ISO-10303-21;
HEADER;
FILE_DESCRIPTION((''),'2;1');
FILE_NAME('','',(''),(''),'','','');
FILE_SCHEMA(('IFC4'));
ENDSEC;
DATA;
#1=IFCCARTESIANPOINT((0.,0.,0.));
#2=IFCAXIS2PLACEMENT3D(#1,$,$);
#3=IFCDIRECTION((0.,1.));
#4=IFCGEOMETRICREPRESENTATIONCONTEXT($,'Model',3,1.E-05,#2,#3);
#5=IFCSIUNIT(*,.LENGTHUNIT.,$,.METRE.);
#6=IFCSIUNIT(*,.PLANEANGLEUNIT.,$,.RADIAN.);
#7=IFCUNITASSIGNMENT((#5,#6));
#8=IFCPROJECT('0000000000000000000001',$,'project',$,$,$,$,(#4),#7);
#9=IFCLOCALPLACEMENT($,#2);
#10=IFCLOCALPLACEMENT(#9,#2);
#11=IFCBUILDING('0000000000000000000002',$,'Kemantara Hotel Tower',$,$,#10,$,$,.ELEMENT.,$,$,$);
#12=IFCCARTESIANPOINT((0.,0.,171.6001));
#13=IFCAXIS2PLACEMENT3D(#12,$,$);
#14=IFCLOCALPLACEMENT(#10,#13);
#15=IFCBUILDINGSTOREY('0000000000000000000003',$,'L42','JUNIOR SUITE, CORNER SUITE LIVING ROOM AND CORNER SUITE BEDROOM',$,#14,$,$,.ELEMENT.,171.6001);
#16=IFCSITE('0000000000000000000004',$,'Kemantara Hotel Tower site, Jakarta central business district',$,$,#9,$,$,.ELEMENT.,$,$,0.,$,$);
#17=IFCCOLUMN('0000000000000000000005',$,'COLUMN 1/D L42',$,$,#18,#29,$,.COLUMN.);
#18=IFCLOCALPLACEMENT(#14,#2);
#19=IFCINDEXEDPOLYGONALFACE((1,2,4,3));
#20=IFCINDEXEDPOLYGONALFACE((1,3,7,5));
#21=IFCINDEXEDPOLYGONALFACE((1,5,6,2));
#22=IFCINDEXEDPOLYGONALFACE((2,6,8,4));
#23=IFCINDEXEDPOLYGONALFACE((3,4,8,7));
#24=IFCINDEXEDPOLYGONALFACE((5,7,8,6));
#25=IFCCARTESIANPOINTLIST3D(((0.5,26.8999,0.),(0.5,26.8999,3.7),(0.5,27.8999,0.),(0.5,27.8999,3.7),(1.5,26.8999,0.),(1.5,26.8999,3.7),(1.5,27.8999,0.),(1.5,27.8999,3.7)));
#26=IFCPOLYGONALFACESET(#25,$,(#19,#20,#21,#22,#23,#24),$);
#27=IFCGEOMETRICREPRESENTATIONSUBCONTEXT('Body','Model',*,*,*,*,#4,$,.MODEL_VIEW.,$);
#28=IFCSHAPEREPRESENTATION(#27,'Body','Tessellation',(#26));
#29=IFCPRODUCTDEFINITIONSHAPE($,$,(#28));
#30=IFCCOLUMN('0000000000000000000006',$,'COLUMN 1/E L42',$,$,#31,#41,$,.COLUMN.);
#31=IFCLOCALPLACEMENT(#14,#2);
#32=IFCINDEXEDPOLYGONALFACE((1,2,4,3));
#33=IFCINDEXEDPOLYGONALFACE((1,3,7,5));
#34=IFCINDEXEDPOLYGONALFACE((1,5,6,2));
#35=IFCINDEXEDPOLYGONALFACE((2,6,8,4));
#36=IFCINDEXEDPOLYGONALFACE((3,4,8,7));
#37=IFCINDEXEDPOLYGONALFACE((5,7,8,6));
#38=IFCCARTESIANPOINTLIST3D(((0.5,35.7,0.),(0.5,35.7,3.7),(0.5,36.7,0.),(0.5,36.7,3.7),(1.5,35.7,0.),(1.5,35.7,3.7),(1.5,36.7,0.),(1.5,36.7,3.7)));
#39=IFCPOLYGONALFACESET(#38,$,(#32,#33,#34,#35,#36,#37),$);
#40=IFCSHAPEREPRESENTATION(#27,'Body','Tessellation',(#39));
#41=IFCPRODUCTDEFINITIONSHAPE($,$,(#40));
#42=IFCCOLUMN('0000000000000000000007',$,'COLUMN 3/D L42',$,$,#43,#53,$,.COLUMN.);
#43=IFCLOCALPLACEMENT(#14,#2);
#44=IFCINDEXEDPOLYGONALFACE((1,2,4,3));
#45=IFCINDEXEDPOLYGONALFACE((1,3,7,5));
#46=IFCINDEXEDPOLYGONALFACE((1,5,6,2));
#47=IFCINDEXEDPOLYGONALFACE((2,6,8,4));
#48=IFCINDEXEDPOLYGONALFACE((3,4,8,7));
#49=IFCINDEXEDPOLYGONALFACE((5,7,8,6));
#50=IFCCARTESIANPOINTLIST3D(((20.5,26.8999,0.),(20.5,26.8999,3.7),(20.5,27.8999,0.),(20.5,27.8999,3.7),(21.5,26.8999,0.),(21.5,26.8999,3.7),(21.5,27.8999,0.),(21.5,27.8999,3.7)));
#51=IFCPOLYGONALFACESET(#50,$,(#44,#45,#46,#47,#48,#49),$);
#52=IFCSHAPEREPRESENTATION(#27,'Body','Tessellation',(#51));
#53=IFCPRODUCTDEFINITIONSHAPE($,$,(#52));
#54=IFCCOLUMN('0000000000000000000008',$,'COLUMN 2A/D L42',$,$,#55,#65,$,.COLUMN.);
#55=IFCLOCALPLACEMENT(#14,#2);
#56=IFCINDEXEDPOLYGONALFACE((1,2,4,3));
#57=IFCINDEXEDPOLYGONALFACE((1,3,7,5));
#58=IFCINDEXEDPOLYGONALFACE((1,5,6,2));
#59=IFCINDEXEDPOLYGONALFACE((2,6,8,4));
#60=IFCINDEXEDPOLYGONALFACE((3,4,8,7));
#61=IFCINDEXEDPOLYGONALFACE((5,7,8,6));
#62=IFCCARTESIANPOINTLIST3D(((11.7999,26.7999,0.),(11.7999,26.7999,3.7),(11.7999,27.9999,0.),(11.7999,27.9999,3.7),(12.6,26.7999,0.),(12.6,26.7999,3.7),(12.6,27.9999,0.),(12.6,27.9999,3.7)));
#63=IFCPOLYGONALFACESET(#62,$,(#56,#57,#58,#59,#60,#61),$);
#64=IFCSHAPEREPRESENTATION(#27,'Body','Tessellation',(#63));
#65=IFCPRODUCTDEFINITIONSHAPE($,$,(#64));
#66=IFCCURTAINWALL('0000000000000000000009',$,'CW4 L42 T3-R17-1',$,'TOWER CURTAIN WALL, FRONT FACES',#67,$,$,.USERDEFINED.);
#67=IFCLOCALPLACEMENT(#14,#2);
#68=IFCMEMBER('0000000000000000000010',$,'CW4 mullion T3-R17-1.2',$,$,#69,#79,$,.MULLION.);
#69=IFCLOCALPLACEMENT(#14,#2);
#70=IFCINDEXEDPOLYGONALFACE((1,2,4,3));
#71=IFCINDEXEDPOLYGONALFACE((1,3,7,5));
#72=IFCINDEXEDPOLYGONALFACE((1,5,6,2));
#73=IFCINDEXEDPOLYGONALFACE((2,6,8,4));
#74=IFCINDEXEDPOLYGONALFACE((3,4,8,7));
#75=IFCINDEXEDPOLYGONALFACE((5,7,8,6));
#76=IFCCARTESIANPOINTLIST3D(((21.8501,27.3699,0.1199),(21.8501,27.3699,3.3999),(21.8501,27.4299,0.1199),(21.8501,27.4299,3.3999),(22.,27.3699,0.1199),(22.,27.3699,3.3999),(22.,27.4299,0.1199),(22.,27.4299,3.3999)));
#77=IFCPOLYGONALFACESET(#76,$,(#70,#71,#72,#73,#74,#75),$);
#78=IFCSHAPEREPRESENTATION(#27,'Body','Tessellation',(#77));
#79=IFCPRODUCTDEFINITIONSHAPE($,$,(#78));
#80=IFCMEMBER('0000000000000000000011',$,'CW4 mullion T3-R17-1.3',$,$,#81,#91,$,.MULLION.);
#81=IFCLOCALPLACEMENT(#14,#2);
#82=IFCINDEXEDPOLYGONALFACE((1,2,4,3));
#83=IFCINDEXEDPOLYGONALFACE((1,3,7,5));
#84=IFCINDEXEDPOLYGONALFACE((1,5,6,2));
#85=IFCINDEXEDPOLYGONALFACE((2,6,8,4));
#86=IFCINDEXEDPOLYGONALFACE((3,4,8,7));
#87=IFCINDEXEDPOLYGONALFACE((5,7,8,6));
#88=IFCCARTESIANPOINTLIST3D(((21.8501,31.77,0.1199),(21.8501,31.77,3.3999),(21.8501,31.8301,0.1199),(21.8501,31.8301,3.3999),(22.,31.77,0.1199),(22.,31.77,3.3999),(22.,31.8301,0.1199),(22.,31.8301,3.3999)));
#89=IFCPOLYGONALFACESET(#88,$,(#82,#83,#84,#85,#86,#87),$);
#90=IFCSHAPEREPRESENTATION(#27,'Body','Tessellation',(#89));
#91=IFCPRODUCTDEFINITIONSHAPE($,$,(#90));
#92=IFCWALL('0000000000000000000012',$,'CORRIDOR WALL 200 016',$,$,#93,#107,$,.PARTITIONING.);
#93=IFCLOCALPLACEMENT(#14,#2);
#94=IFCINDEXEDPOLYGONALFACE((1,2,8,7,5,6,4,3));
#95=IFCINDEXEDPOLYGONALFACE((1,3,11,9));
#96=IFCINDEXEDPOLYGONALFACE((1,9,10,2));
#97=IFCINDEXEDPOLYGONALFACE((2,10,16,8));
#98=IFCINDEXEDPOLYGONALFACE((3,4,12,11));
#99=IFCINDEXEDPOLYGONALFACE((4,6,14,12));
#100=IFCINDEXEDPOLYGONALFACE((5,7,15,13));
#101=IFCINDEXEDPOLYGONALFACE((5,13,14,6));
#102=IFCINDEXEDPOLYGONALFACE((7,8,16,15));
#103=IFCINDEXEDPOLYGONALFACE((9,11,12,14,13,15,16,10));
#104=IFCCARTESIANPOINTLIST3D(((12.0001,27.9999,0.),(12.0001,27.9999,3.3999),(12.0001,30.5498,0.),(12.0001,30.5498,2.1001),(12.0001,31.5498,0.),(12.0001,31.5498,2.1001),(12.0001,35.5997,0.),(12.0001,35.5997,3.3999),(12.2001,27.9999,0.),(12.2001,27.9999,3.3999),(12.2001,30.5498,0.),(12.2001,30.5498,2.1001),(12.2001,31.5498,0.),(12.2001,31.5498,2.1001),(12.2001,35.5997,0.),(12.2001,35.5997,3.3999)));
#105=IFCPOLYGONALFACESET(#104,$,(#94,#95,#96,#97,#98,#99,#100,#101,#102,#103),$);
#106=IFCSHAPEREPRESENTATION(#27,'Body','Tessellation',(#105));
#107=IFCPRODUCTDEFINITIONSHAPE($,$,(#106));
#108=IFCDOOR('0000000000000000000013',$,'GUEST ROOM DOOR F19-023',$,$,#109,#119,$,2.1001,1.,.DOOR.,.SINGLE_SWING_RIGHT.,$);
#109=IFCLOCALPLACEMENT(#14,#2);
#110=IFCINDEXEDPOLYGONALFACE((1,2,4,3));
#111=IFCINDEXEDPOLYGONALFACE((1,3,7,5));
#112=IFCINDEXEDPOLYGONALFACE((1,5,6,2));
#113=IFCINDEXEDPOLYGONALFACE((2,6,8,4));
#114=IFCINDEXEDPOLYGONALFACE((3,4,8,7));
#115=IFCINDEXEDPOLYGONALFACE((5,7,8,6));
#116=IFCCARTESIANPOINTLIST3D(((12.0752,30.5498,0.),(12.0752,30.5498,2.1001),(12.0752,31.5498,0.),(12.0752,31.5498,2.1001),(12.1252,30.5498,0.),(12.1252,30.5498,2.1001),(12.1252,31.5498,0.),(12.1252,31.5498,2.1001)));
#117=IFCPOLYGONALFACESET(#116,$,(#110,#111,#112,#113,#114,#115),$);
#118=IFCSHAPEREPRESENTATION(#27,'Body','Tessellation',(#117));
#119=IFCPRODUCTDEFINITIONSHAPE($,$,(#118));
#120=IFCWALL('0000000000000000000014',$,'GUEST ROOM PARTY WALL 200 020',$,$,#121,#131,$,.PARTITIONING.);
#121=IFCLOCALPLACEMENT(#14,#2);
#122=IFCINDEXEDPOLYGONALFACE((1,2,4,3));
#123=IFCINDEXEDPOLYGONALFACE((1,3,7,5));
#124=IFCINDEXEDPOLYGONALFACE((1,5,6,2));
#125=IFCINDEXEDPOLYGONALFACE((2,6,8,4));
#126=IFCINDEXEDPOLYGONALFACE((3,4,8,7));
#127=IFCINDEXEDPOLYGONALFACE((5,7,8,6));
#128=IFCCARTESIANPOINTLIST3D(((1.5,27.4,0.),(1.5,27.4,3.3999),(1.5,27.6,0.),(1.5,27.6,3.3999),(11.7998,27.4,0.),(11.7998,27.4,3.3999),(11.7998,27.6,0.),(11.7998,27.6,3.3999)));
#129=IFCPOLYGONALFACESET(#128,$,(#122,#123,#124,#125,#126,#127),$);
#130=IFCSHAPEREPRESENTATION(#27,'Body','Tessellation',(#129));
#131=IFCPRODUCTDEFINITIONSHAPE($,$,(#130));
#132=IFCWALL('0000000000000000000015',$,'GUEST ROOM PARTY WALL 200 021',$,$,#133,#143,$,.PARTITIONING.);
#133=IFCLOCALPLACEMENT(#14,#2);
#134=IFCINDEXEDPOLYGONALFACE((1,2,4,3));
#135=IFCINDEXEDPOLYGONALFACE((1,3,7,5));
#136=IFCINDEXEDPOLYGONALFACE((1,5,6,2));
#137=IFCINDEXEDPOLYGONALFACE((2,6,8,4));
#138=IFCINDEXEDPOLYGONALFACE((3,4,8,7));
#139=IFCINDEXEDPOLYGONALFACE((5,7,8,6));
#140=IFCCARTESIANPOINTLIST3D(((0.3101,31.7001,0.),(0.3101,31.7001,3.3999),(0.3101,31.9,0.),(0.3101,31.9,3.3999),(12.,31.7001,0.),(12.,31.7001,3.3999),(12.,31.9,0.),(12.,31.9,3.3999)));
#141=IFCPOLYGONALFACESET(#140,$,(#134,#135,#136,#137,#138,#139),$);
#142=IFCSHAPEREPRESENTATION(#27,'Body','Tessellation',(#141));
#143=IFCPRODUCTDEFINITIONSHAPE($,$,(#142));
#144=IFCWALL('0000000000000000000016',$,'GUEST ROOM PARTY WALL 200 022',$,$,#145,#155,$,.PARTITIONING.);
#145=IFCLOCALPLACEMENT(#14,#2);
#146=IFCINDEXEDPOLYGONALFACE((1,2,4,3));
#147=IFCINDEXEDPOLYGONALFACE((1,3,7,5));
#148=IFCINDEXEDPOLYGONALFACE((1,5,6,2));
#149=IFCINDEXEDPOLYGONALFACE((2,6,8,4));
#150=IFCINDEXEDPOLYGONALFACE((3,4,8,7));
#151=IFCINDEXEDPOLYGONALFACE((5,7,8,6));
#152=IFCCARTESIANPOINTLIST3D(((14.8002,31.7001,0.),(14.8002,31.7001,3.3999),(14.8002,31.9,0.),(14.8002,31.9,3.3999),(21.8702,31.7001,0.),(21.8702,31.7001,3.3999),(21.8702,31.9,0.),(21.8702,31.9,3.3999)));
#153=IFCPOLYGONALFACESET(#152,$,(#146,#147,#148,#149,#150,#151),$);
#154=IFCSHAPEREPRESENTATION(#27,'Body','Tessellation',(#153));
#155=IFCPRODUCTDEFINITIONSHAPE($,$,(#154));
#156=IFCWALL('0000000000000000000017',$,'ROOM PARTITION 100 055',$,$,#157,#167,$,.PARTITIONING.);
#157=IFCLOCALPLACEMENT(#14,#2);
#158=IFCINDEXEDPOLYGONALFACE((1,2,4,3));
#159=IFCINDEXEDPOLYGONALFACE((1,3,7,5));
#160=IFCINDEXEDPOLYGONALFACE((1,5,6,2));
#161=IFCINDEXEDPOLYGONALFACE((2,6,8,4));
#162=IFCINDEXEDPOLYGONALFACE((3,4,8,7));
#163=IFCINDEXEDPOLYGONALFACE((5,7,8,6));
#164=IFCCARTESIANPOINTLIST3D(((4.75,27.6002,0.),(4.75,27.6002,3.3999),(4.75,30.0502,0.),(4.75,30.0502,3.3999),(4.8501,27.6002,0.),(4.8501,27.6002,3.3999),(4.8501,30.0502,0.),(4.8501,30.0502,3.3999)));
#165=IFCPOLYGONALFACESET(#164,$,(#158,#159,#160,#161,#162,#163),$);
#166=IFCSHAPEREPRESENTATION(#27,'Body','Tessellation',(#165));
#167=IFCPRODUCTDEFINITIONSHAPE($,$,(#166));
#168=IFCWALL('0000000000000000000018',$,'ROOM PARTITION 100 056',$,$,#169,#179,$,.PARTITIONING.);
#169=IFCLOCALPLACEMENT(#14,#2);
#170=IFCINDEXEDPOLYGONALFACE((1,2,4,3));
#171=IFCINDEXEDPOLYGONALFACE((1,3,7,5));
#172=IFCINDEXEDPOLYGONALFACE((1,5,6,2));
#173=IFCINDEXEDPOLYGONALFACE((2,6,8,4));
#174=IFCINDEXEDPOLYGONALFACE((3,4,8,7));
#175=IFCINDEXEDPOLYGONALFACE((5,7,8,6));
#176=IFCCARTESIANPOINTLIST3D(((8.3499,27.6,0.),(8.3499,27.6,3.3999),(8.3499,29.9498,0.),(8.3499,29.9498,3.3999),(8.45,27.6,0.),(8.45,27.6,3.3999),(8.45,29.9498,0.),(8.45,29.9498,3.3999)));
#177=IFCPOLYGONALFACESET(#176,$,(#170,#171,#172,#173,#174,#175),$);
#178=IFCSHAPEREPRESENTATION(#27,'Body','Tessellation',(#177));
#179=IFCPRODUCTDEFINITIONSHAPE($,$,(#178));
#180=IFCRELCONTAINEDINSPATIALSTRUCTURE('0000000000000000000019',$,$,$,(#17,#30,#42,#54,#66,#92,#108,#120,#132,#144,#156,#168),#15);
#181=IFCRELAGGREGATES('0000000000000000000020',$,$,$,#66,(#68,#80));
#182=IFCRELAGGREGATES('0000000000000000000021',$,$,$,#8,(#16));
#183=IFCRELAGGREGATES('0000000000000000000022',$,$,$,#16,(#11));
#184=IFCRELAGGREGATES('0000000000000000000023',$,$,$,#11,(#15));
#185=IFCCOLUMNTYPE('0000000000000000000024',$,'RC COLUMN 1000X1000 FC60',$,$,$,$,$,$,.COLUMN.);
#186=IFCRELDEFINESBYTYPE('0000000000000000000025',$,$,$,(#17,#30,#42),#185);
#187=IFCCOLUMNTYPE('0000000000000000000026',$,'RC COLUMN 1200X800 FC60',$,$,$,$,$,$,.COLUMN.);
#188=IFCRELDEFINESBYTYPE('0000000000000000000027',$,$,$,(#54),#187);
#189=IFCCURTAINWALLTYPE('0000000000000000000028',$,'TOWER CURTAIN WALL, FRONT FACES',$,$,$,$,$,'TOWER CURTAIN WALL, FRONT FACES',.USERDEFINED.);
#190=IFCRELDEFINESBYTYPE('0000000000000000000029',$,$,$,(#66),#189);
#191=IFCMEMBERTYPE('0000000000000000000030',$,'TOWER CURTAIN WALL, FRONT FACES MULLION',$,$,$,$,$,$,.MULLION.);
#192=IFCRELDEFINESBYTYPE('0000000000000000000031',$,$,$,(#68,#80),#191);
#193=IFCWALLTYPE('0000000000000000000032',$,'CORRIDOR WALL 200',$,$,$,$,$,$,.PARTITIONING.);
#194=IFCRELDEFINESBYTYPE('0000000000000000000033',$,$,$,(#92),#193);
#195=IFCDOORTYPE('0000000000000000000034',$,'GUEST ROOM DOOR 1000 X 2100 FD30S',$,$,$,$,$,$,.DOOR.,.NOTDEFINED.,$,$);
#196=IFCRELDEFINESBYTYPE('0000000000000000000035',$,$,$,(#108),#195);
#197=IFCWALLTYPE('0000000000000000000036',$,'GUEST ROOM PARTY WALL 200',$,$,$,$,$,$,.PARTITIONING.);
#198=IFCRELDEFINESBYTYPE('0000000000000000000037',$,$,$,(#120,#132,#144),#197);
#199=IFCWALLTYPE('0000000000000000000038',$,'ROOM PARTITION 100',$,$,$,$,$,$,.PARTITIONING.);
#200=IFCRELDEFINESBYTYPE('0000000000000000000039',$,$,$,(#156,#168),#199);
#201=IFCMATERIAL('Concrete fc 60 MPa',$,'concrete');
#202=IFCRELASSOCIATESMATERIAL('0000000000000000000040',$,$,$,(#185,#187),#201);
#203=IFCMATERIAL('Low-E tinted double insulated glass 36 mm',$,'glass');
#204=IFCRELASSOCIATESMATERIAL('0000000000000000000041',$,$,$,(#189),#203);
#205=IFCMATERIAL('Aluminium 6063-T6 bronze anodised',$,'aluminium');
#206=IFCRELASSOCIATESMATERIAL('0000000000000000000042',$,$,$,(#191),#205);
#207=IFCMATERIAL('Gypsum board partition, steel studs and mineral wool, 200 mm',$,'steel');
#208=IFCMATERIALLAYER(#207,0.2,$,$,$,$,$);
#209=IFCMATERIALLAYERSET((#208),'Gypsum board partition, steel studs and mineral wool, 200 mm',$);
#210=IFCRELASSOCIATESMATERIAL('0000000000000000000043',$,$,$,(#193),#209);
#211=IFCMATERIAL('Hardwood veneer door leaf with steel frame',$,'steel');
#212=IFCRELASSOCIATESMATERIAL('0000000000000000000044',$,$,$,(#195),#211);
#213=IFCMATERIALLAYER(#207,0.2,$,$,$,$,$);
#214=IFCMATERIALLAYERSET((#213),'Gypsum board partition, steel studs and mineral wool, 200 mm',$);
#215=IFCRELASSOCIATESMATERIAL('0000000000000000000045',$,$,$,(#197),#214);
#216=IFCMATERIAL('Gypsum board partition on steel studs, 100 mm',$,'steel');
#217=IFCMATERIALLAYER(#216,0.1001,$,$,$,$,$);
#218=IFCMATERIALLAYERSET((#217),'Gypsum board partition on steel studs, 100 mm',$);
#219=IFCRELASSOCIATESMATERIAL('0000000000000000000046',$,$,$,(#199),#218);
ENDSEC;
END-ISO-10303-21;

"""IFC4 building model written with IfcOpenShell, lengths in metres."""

from ifc_helpers import new_model, si_unit, direction, frame, frame_2d, origin, origin_2d, place, context, subcontext, project, spatial, rectangle, extrude, source, transform, mapped, material, layer, layer_set, material_profile, profile_set, type_object, element, fill, aggregate, save


model = new_model("IFC4")

# Units and contexts
model_context = context("Model", 3, precision=1e-05, world=origin(), true_north=direction((0.0, 1.0)))
body_context = subcontext(model_context, "Body", "Model", "MODEL_VIEW")
ifc_project = project(units=[si_unit("LENGTHUNIT", "METRE"), si_unit("PLANEANGLEUNIT", "RADIAN")], contexts=[model_context])

# Site, building, storey
site_placement = place(None, origin())
site = spatial("IfcSite", under=ifc_project, at=site_placement, Name="Kemantara Hotel Tower site, Jakarta central business district", CompositionType="ELEMENT", RefElevation=0.0)
building_placement = place(site_placement, origin())
building = spatial("IfcBuilding", under=site, at=building_placement, Name="Kemantara Hotel Tower", CompositionType="ELEMENT")
storey_placement = place(building_placement, frame((0.0, 0.0, 171.6001)))
storey = spatial("IfcBuildingStorey", under=building, at=storey_placement, Name="L42", Description="JUNIOR SUITE, CORNER SUITE LIVING ROOM AND CORNER SUITE BEDROOM", CompositionType="ELEMENT", Elevation=171.6001)

# Columns
ifc_material_1 = material(Name="Concrete fc 60 MPa", Category="concrete")
ifc_material_profile_1 = material_profile(ifc_material_1, rectangle(XDim=1.0, YDim=1.0, at=origin_2d()), Name="RC 1000X1000")
ifc_profile_set_1 = profile_set([ifc_material_profile_1], Name="Concrete fc 60 MPa")
column_type_1 = type_object("IfcColumnType", Name="RC COLUMN 1000X1000 FC60", PredefinedType="COLUMN", material=ifc_profile_set_1)
for number, where, z_axis, x_axis, name in (
    (1, (1.0, 27.3999, 0.0), (0.0, 0.0, 1.0), (1.0, 0.0, 0.0), "COLUMN 1/D L42"),
    (2, (1.0, 36.2, 0.0), (0.0, 0.0, 1.0), (1.0, 0.0, 0.0), "COLUMN 1/E L42"),
    (3, (21.0, 27.3999, 0.0), (0.0, 0.0, 1.0), (1.0, 0.0, 0.0), "COLUMN 3/D L42"),
):
    element("IfcColumn", number, at=place(storey_placement, frame(where, z_axis=z_axis, x_axis=x_axis)), inside=storey, type_object=column_type_1, Name=name, PredefinedType="COLUMN", context=body_context, shape_type="SweptSolid", body=[
        extrude(rectangle(XDim=1.0, YDim=1.0, at=origin_2d()), origin(), (0.0, 0.0, 1.0), 3.7),
    ])
ifc_material_profile_2 = material_profile(ifc_material_1, rectangle(XDim=1.2, YDim=0.8, at=origin_2d()), Name="RC 1200X800")
ifc_profile_set_2 = profile_set([ifc_material_profile_2], Name="Concrete fc 60 MPa")
column_type_2 = type_object("IfcColumnType", Name="RC COLUMN 1200X800 FC60", PredefinedType="COLUMN", material=ifc_profile_set_2)
column_placement = place(storey_placement, frame((12.2, 27.3999, 0.0), z_axis=(0.0, 0.0, 1.0), x_axis=(0.0, 1.0, 0.0)))
element("IfcColumn", 4, at=column_placement, inside=storey, type_object=column_type_2, Name="COLUMN 2A/D L42", PredefinedType="COLUMN", context=body_context, shape_type="SweptSolid", body=[
    extrude(rectangle(XDim=1.2, YDim=0.8, at=origin_2d()), origin(), (0.0, 0.0, 1.0), 3.7),
])

# Curtain wall, members
ifc_material_2 = material(Name="Low-E tinted double insulated glass 36 mm", Category="glass")
curtain_wall_type = type_object("IfcCurtainWallType", Name="TOWER CURTAIN WALL, FRONT FACES", ElementType="TOWER CURTAIN WALL, FRONT FACES", PredefinedType="USERDEFINED", material=ifc_material_2)
curtain_wall_placement = place(storey_placement, origin())
curtain_wall = element("IfcCurtainWall", 5, at=curtain_wall_placement, inside=storey, type_object=curtain_wall_type, Name="CW4 L42 T3-R17-1", ObjectType="TOWER CURTAIN WALL, FRONT FACES", PredefinedType="USERDEFINED")
ifc_material_3 = material(Name="Aluminium 6063-T6 bronze anodised", Category="aluminium")
ifc_material_profile_3 = material_profile(ifc_material_3, rectangle(XDim=0.1499, YDim=0.0601, at=origin_2d()), Name="TOWER CURTAIN WALL, FRONT FACES MULLION")
ifc_profile_set_3 = profile_set([ifc_material_profile_3], Name="Aluminium 6063-T6 bronze anodised")
member_type = type_object("IfcMemberType", Name="TOWER CURTAIN WALL, FRONT FACES MULLION", PredefinedType="MULLION", material=ifc_profile_set_3)
shared_shape_1 = source(origin(), body_context, "Body", "SweptSolid", [
    extrude(rectangle(XDim=0.1499, YDim=0.0601, at=origin_2d()), origin(), (0.0, 0.0, 1.0), 3.28),
])
member_1_placement = place(storey_placement, frame((21.925, 27.3999, 0.1199), z_axis=(0.0, 0.0, 1.0), x_axis=(-1.0, 0.0, 0.0)))
member_1 = element("IfcMember", 6, at=member_1_placement, type_object=member_type, Name="CW4 mullion T3-R17-1.2", PredefinedType="MULLION", context=body_context, shape_type="MappedRepresentation", body=[
    mapped(shared_shape_1, transform((0.0, 0.0, 0.0))),
])
member_2_placement = place(storey_placement, frame((21.925, 31.8, 0.1199), z_axis=(0.0, 0.0, 1.0), x_axis=(-1.0, 0.0, 0.0)))
member_2 = element("IfcMember", 7, at=member_2_placement, type_object=member_type, Name="CW4 mullion T3-R17-1.3", PredefinedType="MULLION", context=body_context, shape_type="MappedRepresentation", body=[
    mapped(shared_shape_1, transform((0.0, 0.0, 0.0))),
])
aggregate(curtain_wall, [member_1, member_2])

# Wall, opening, door
ifc_material_4 = material(Name="Gypsum board partition, steel studs and mineral wool, 200 mm", Category="steel")
ifc_layer_1 = layer(ifc_material_4, 0.2)
ifc_layer_set_1 = layer_set([ifc_layer_1], Name="Gypsum board partition, steel studs and mineral wool, 200 mm")
wall_type_1 = type_object("IfcWallType", Name="CORRIDOR WALL 200", PredefinedType="PARTITIONING", material=ifc_layer_set_1)
wall_1_placement = place(storey_placement, frame((12.1001, 28.0, 0.0), z_axis=(0.0, 0.0, 1.0), x_axis=(0.0, 1.0, 0.0)))
wall_1 = element("IfcWall", 8, at=wall_1_placement, inside=storey, type_object=wall_type_1, Name="CORRIDOR WALL 200 016", PredefinedType="PARTITIONING", context=body_context, shape_type="SweptSolid", body=[
    extrude(rectangle(XDim=7.5999, YDim=0.2, at=frame_2d((3.7998, 0.0))), origin(), (0.0, 0.0, 1.0), 3.3999),
])
opening_1_placement = place(wall_1_placement, frame((2.5498, 0.0, 0.0)))
opening_1 = element("IfcOpeningElement", 9, at=opening_1_placement, cuts=wall_1, PredefinedType="OPENING", context=body_context, shape_type="SweptSolid", body=[
    extrude(rectangle(XDim=1.0, YDim=2.1001, at=frame_2d((0.5, 1.05))), frame((0.0, 0.1099, 0.0), z_axis=(0.0, -1.0, 0.0), x_axis=(1.0, 0.0, 0.0)), (0.0, 0.0, 1.0), 0.22),
])
ifc_material_5 = material(Name="Hardwood veneer door leaf with steel frame", Category="steel")
door_type_1 = type_object("IfcDoorType", Name="GUEST ROOM DOOR 1000 X 2100 FD30S", OperationType="NOTDEFINED", PredefinedType="DOOR", material=ifc_material_5)
door_1_placement = place(opening_1_placement, origin())
door_1 = element("IfcDoor", 10, at=door_1_placement, inside=storey, type_object=door_type_1, Name="GUEST ROOM DOOR F19-023", OperationType="SINGLE_SWING_RIGHT", OverallHeight=2.1001, OverallWidth=1.0, PredefinedType="DOOR", context=body_context, shape_type="SweptSolid", body=[
    extrude(rectangle(XDim=1.0, YDim=2.1001, at=frame_2d((0.5, 1.05))), frame((0.0, 0.0249, 0.0), z_axis=(0.0, -1.0, 0.0), x_axis=(1.0, 0.0, 0.0)), (0.0, 0.0, 1.0), 0.05),
])
fill(opening_1, door_1)

# Walls
ifc_layer_2 = layer(ifc_material_4, 0.2)
ifc_layer_set_2 = layer_set([ifc_layer_2], Name="Gypsum board partition, steel studs and mineral wool, 200 mm")
wall_type_2 = type_object("IfcWallType", Name="GUEST ROOM PARTY WALL 200", PredefinedType="PARTITIONING", material=ifc_layer_set_2)
wall_2_placement = place(storey_placement, frame((1.5, 27.5, 0.0), z_axis=(0.0, 0.0, 1.0), x_axis=(1.0, 0.0, 0.0)))
element("IfcWall", 11, at=wall_2_placement, inside=storey, type_object=wall_type_2, Name="GUEST ROOM PARTY WALL 200 020", PredefinedType="PARTITIONING", context=body_context, shape_type="SweptSolid", body=[
    extrude(rectangle(XDim=10.2998, YDim=0.2, at=frame_2d((5.1499, 0.0))), origin(), (0.0, 0.0, 1.0), 3.3999),
])
wall_3_placement = place(storey_placement, frame((0.3101, 31.8, 0.0), z_axis=(0.0, 0.0, 1.0), x_axis=(1.0, 0.0, 0.0)))
element("IfcWall", 12, at=wall_3_placement, inside=storey, type_object=wall_type_2, Name="GUEST ROOM PARTY WALL 200 021", PredefinedType="PARTITIONING", context=body_context, shape_type="SweptSolid", body=[
    extrude(rectangle(XDim=11.6899, YDim=0.2, at=frame_2d((5.845, 0.0))), origin(), (0.0, 0.0, 1.0), 3.3999),
])
wall_4_placement = place(storey_placement, frame((14.8, 31.8, 0.0), z_axis=(0.0, 0.0, 1.0), x_axis=(1.0, 0.0, 0.0)))
element("IfcWall", 13, at=wall_4_placement, inside=storey, type_object=wall_type_2, Name="GUEST ROOM PARTY WALL 200 022", PredefinedType="PARTITIONING", context=body_context, shape_type="SweptSolid", body=[
    extrude(rectangle(XDim=7.0701, YDim=0.2, at=frame_2d((3.5352, 0.0))), origin(), (0.0, 0.0, 1.0), 3.3999),
])
ifc_material_6 = material(Name="Gypsum board partition on steel studs, 100 mm", Category="steel")
ifc_layer_3 = layer(ifc_material_6, 0.1001)
ifc_layer_set_3 = layer_set([ifc_layer_3], Name="Gypsum board partition on steel studs, 100 mm")
wall_type_3 = type_object("IfcWallType", Name="ROOM PARTITION 100", PredefinedType="PARTITIONING", material=ifc_layer_set_3)
wall_5_placement = place(storey_placement, frame((4.8, 27.6001, 0.0), z_axis=(0.0, 0.0, 1.0), x_axis=(0.0, 1.0, 0.0)))
element("IfcWall", 14, at=wall_5_placement, inside=storey, type_object=wall_type_3, Name="ROOM PARTITION 100 055", PredefinedType="PARTITIONING", context=body_context, shape_type="SweptSolid", body=[
    extrude(rectangle(XDim=2.45, YDim=0.1001, at=frame_2d((1.2251, 0.0))), origin(), (0.0, 0.0, 1.0), 3.3999),
])
wall_6_placement = place(storey_placement, frame((8.3999, 27.6001, 0.0), z_axis=(0.0, 0.0, 1.0), x_axis=(0.0, 1.0, 0.0)))
element("IfcWall", 15, at=wall_6_placement, inside=storey, type_object=wall_type_3, Name="ROOM PARTITION 100 056", PredefinedType="PARTITIONING", context=body_context, shape_type="SweptSolid", body=[
    extrude(rectangle(XDim=2.3499, YDim=0.1001, at=frame_2d((1.1748, 0.0))), origin(), (0.0, 0.0, 1.0), 3.3999),
])

save(model, "model.ifc")
